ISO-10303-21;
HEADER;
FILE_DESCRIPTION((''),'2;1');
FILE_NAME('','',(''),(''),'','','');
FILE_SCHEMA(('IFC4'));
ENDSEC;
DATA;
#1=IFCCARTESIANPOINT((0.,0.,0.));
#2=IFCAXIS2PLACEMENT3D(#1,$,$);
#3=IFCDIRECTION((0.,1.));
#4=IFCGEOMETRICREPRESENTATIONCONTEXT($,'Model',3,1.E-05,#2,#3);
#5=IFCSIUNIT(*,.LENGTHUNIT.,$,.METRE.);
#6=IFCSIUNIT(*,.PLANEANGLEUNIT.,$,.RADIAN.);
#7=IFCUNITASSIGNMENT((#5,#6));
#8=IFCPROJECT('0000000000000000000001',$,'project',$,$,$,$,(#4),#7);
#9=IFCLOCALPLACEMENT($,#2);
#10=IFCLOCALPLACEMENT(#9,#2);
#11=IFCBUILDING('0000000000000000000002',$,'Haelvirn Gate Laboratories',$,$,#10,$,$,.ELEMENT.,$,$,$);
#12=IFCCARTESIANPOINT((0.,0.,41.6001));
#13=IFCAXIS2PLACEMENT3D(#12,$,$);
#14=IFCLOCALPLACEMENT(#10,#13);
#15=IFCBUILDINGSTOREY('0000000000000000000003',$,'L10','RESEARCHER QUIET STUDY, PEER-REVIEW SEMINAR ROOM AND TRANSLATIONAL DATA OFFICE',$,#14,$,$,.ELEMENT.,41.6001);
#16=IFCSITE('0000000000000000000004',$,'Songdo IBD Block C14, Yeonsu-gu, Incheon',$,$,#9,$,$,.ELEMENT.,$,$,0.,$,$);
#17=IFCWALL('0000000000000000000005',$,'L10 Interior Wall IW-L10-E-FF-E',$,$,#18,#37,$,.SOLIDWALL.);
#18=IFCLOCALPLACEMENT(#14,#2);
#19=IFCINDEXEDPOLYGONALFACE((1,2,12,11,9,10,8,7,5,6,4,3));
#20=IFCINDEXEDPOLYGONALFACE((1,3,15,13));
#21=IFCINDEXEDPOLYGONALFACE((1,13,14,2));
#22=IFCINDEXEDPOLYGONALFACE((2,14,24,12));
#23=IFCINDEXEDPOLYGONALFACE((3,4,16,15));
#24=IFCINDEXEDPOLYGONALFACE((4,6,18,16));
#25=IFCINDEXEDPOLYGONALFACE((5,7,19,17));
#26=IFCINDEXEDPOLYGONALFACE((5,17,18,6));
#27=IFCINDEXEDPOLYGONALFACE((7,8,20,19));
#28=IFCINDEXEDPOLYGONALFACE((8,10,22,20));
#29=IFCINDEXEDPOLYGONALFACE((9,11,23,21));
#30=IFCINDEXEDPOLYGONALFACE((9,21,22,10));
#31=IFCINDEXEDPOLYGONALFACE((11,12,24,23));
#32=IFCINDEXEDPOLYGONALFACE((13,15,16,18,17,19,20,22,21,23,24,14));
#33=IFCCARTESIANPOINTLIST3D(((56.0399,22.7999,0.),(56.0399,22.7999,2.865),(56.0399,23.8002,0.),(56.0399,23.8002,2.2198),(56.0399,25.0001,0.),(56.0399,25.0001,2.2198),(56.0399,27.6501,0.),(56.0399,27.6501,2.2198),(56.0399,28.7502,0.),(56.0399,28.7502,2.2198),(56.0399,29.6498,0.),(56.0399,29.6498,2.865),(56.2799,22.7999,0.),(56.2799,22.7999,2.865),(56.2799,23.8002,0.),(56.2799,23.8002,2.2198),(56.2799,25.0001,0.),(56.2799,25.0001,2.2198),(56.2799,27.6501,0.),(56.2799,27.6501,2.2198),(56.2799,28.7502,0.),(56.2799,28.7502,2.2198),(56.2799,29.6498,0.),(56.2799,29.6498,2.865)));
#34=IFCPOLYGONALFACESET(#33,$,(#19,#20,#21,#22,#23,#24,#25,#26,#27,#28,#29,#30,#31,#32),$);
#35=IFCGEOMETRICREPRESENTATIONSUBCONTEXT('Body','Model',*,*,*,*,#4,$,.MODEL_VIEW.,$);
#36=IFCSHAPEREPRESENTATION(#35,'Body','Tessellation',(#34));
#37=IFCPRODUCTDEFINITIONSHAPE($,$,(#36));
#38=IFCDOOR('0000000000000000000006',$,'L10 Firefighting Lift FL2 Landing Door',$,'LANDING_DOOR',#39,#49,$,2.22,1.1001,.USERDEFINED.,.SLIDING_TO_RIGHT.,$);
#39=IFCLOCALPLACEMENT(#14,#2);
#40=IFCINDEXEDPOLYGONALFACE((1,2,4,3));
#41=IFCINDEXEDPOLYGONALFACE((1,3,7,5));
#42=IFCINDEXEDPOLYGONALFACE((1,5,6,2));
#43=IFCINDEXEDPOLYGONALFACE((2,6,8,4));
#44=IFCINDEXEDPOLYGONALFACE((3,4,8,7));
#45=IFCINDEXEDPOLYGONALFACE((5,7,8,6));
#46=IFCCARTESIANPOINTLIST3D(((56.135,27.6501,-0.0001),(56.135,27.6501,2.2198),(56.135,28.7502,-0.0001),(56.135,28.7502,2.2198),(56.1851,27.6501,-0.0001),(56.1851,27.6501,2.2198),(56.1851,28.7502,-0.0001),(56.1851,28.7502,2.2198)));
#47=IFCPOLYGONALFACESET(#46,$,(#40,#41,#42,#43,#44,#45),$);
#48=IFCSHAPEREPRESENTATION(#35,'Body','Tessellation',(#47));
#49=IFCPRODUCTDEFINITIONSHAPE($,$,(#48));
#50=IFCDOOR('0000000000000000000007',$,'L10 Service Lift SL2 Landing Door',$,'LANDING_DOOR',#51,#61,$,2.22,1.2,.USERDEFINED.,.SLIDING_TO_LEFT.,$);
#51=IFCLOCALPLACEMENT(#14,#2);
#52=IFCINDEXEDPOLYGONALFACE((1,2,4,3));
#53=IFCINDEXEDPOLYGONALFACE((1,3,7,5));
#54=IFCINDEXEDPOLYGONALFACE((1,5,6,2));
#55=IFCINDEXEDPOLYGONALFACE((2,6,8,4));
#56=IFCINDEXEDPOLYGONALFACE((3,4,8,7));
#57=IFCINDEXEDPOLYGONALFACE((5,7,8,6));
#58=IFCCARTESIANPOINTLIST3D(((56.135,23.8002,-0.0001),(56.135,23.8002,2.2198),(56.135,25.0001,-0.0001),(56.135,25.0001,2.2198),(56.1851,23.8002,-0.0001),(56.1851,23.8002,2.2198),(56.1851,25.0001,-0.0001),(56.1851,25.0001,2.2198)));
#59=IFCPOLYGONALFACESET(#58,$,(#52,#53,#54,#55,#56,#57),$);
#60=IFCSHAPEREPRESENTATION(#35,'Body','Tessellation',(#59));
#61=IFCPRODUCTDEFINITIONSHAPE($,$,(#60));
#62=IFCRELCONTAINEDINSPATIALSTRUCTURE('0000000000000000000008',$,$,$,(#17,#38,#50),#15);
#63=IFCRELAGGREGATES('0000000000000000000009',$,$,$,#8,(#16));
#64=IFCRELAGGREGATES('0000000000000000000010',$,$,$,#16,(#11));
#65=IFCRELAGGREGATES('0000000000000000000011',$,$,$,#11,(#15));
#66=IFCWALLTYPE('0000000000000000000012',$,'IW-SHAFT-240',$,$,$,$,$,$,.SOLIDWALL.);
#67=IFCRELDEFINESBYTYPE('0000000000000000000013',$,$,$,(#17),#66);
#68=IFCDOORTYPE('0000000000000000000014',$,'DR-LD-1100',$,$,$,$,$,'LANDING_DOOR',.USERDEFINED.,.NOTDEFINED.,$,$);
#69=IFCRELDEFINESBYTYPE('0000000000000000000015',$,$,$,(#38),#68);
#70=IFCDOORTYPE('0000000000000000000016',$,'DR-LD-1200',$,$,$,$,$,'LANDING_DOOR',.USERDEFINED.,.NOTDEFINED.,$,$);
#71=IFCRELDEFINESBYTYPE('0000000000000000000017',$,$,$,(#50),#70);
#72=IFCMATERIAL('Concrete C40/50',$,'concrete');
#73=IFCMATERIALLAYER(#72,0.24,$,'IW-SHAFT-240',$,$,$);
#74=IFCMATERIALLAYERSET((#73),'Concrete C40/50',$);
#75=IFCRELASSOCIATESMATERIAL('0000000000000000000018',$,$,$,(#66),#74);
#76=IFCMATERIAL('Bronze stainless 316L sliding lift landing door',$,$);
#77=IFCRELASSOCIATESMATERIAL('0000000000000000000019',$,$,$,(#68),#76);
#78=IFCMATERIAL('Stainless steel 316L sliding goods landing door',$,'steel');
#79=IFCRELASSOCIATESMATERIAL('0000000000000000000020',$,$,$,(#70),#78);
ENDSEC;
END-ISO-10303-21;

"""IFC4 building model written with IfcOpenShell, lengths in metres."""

from ifc_helpers import new_model, si_unit, direction, frame, frame_2d, origin, place, context, subcontext, project, spatial, rectangle, extrude, source, transform, mapped, material, layer, layer_set, type_object, type_shapes, element, fill, save


model = new_model("IFC4")

# Units and contexts
model_context = context("Model", 3, precision=1e-05, world=origin(), true_north=direction((0.0, 1.0)))
body_context = subcontext(model_context, "Body", "Model", "MODEL_VIEW")
ifc_project = project(units=[si_unit("LENGTHUNIT", "METRE"), si_unit("PLANEANGLEUNIT", "RADIAN")], contexts=[model_context])

# Site, building, storey
site_placement = place(None, origin())
site = spatial("IfcSite", under=ifc_project, at=site_placement, Name="Songdo IBD Block C14, Yeonsu-gu, Incheon", CompositionType="ELEMENT", RefElevation=0.0)
building_placement = place(site_placement, origin())
building = spatial("IfcBuilding", under=site, at=building_placement, Name="Haelvirn Gate Laboratories", CompositionType="ELEMENT")
storey_placement = place(building_placement, frame((0.0, 0.0, 41.6001)))
storey = spatial("IfcBuildingStorey", under=building, at=storey_placement, Name="L10", Description="RESEARCHER QUIET STUDY, PEER-REVIEW SEMINAR ROOM AND TRANSLATIONAL DATA OFFICE", CompositionType="ELEMENT", Elevation=41.6001)

# Shared definitions
ifc_material_1 = material(Name="Concrete C40/50", Category="concrete")

# Shared definitions
ifc_layer_1 = layer(ifc_material_1, 0.24, Name="IW-SHAFT-240")
ifc_layer_set_1 = layer_set([ifc_layer_1], Name="Concrete C40/50")
wall_type_1 = type_object("IfcWallType", Name="IW-SHAFT-240", PredefinedType="SOLIDWALL", material=ifc_layer_set_1)

# Wall, openings, doors
wall_1_placement = place(storey_placement, frame((56.1599, 22.8, 0.0), z_axis=(0.0, 0.0, 1.0), x_axis=(0.0, 1.0, 0.0)))
wall_1 = element("IfcWall", 1, at=wall_1_placement, inside=storey, type_object=wall_type_1, Name="L10 Interior Wall IW-L10-E-FF-E", PredefinedType="SOLIDWALL", context=body_context, shape_type="SweptSolid", body=[
    extrude(rectangle(XDim=6.8499, YDim=0.24, at=frame_2d((3.4248, 0.0))), origin(), (0.0, 0.0, 1.0), 2.865),
])
opening_1_placement = place(wall_1_placement, frame((4.8501, 0.0, 0.0)))
opening_1 = element("IfcOpeningElement", 2, at=opening_1_placement, cuts=wall_1, PredefinedType="OPENING", context=body_context, shape_type="SweptSolid", body=[
    extrude(rectangle(XDim=1.1001, YDim=2.22, at=frame_2d((0.55, 1.1099))), frame((0.0, 0.1299, 0.0), z_axis=(0.0, -1.0, 0.0), x_axis=(1.0, 0.0, 0.0)), (0.0, 0.0, 1.0), 0.26),
])
opening_2_placement = place(wall_1_placement, frame((1.0, 0.0, 0.0)))
opening_2 = element("IfcOpeningElement", 3, at=opening_2_placement, cuts=wall_1, PredefinedType="OPENING", context=body_context, shape_type="SweptSolid", body=[
    extrude(rectangle(XDim=1.2, YDim=2.22, at=frame_2d((0.6001, 1.1099))), frame((0.0, 0.1299, 0.0), z_axis=(0.0, -1.0, 0.0), x_axis=(1.0, 0.0, 0.0)), (0.0, 0.0, 1.0), 0.26),
])
ifc_material_2 = material(Name="Bronze stainless 316L sliding lift landing door")
door_type_1 = type_object("IfcDoorType", Name="DR-LD-1100", ElementType="LANDING_DOOR", OperationType="NOTDEFINED", PredefinedType="USERDEFINED", material=ifc_material_2)
shared_shape_1 = source(origin(), body_context, "Body", "SweptSolid", [
    extrude(rectangle(XDim=1.1001, YDim=2.22, at=frame_2d((0.55, 1.1099))), frame((0.0, 0.0249, 0.0), z_axis=(0.0, -1.0, 0.0), x_axis=(1.0, 0.0, 0.0)), (0.0, 0.0, 1.0), 0.05),
])
type_shapes(door_type_1, [shared_shape_1])
door_1_placement = place(opening_1_placement, origin())
door_1 = element("IfcDoor", 4, at=door_1_placement, inside=storey, type_object=door_type_1, Name="L10 Firefighting Lift FL2 Landing Door", ObjectType="LANDING_DOOR", OperationType="SLIDING_TO_RIGHT", OverallHeight=2.22, OverallWidth=1.1001, PredefinedType="USERDEFINED", context=body_context, shape_type="MappedRepresentation", body=[
    mapped(shared_shape_1, transform((0.0, 0.0, 0.0), scale=1.0)),
])
fill(opening_1, door_1)
ifc_material_3 = material(Name="Stainless steel 316L sliding goods landing door", Category="steel")
door_type_2 = type_object("IfcDoorType", Name="DR-LD-1200", ElementType="LANDING_DOOR", OperationType="NOTDEFINED", PredefinedType="USERDEFINED", material=ifc_material_3)
shared_shape_2 = source(origin(), body_context, "Body", "SweptSolid", [
    extrude(rectangle(XDim=1.2, YDim=2.22, at=frame_2d((0.6001, 1.1099))), frame((0.0, 0.0249, 0.0), z_axis=(0.0, -1.0, 0.0), x_axis=(1.0, 0.0, 0.0)), (0.0, 0.0, 1.0), 0.05),
])
type_shapes(door_type_2, [shared_shape_2])
door_2_placement = place(opening_2_placement, origin())
door_2 = element("IfcDoor", 5, at=door_2_placement, inside=storey, type_object=door_type_2, Name="L10 Service Lift SL2 Landing Door", ObjectType="LANDING_DOOR", OperationType="SLIDING_TO_LEFT", OverallHeight=2.22, OverallWidth=1.2, PredefinedType="USERDEFINED", context=body_context, shape_type="MappedRepresentation", body=[
    mapped(shared_shape_2, transform((0.0, 0.0, 0.0), scale=1.0)),
])
fill(opening_2, door_2)

save(model, "model.ifc")
